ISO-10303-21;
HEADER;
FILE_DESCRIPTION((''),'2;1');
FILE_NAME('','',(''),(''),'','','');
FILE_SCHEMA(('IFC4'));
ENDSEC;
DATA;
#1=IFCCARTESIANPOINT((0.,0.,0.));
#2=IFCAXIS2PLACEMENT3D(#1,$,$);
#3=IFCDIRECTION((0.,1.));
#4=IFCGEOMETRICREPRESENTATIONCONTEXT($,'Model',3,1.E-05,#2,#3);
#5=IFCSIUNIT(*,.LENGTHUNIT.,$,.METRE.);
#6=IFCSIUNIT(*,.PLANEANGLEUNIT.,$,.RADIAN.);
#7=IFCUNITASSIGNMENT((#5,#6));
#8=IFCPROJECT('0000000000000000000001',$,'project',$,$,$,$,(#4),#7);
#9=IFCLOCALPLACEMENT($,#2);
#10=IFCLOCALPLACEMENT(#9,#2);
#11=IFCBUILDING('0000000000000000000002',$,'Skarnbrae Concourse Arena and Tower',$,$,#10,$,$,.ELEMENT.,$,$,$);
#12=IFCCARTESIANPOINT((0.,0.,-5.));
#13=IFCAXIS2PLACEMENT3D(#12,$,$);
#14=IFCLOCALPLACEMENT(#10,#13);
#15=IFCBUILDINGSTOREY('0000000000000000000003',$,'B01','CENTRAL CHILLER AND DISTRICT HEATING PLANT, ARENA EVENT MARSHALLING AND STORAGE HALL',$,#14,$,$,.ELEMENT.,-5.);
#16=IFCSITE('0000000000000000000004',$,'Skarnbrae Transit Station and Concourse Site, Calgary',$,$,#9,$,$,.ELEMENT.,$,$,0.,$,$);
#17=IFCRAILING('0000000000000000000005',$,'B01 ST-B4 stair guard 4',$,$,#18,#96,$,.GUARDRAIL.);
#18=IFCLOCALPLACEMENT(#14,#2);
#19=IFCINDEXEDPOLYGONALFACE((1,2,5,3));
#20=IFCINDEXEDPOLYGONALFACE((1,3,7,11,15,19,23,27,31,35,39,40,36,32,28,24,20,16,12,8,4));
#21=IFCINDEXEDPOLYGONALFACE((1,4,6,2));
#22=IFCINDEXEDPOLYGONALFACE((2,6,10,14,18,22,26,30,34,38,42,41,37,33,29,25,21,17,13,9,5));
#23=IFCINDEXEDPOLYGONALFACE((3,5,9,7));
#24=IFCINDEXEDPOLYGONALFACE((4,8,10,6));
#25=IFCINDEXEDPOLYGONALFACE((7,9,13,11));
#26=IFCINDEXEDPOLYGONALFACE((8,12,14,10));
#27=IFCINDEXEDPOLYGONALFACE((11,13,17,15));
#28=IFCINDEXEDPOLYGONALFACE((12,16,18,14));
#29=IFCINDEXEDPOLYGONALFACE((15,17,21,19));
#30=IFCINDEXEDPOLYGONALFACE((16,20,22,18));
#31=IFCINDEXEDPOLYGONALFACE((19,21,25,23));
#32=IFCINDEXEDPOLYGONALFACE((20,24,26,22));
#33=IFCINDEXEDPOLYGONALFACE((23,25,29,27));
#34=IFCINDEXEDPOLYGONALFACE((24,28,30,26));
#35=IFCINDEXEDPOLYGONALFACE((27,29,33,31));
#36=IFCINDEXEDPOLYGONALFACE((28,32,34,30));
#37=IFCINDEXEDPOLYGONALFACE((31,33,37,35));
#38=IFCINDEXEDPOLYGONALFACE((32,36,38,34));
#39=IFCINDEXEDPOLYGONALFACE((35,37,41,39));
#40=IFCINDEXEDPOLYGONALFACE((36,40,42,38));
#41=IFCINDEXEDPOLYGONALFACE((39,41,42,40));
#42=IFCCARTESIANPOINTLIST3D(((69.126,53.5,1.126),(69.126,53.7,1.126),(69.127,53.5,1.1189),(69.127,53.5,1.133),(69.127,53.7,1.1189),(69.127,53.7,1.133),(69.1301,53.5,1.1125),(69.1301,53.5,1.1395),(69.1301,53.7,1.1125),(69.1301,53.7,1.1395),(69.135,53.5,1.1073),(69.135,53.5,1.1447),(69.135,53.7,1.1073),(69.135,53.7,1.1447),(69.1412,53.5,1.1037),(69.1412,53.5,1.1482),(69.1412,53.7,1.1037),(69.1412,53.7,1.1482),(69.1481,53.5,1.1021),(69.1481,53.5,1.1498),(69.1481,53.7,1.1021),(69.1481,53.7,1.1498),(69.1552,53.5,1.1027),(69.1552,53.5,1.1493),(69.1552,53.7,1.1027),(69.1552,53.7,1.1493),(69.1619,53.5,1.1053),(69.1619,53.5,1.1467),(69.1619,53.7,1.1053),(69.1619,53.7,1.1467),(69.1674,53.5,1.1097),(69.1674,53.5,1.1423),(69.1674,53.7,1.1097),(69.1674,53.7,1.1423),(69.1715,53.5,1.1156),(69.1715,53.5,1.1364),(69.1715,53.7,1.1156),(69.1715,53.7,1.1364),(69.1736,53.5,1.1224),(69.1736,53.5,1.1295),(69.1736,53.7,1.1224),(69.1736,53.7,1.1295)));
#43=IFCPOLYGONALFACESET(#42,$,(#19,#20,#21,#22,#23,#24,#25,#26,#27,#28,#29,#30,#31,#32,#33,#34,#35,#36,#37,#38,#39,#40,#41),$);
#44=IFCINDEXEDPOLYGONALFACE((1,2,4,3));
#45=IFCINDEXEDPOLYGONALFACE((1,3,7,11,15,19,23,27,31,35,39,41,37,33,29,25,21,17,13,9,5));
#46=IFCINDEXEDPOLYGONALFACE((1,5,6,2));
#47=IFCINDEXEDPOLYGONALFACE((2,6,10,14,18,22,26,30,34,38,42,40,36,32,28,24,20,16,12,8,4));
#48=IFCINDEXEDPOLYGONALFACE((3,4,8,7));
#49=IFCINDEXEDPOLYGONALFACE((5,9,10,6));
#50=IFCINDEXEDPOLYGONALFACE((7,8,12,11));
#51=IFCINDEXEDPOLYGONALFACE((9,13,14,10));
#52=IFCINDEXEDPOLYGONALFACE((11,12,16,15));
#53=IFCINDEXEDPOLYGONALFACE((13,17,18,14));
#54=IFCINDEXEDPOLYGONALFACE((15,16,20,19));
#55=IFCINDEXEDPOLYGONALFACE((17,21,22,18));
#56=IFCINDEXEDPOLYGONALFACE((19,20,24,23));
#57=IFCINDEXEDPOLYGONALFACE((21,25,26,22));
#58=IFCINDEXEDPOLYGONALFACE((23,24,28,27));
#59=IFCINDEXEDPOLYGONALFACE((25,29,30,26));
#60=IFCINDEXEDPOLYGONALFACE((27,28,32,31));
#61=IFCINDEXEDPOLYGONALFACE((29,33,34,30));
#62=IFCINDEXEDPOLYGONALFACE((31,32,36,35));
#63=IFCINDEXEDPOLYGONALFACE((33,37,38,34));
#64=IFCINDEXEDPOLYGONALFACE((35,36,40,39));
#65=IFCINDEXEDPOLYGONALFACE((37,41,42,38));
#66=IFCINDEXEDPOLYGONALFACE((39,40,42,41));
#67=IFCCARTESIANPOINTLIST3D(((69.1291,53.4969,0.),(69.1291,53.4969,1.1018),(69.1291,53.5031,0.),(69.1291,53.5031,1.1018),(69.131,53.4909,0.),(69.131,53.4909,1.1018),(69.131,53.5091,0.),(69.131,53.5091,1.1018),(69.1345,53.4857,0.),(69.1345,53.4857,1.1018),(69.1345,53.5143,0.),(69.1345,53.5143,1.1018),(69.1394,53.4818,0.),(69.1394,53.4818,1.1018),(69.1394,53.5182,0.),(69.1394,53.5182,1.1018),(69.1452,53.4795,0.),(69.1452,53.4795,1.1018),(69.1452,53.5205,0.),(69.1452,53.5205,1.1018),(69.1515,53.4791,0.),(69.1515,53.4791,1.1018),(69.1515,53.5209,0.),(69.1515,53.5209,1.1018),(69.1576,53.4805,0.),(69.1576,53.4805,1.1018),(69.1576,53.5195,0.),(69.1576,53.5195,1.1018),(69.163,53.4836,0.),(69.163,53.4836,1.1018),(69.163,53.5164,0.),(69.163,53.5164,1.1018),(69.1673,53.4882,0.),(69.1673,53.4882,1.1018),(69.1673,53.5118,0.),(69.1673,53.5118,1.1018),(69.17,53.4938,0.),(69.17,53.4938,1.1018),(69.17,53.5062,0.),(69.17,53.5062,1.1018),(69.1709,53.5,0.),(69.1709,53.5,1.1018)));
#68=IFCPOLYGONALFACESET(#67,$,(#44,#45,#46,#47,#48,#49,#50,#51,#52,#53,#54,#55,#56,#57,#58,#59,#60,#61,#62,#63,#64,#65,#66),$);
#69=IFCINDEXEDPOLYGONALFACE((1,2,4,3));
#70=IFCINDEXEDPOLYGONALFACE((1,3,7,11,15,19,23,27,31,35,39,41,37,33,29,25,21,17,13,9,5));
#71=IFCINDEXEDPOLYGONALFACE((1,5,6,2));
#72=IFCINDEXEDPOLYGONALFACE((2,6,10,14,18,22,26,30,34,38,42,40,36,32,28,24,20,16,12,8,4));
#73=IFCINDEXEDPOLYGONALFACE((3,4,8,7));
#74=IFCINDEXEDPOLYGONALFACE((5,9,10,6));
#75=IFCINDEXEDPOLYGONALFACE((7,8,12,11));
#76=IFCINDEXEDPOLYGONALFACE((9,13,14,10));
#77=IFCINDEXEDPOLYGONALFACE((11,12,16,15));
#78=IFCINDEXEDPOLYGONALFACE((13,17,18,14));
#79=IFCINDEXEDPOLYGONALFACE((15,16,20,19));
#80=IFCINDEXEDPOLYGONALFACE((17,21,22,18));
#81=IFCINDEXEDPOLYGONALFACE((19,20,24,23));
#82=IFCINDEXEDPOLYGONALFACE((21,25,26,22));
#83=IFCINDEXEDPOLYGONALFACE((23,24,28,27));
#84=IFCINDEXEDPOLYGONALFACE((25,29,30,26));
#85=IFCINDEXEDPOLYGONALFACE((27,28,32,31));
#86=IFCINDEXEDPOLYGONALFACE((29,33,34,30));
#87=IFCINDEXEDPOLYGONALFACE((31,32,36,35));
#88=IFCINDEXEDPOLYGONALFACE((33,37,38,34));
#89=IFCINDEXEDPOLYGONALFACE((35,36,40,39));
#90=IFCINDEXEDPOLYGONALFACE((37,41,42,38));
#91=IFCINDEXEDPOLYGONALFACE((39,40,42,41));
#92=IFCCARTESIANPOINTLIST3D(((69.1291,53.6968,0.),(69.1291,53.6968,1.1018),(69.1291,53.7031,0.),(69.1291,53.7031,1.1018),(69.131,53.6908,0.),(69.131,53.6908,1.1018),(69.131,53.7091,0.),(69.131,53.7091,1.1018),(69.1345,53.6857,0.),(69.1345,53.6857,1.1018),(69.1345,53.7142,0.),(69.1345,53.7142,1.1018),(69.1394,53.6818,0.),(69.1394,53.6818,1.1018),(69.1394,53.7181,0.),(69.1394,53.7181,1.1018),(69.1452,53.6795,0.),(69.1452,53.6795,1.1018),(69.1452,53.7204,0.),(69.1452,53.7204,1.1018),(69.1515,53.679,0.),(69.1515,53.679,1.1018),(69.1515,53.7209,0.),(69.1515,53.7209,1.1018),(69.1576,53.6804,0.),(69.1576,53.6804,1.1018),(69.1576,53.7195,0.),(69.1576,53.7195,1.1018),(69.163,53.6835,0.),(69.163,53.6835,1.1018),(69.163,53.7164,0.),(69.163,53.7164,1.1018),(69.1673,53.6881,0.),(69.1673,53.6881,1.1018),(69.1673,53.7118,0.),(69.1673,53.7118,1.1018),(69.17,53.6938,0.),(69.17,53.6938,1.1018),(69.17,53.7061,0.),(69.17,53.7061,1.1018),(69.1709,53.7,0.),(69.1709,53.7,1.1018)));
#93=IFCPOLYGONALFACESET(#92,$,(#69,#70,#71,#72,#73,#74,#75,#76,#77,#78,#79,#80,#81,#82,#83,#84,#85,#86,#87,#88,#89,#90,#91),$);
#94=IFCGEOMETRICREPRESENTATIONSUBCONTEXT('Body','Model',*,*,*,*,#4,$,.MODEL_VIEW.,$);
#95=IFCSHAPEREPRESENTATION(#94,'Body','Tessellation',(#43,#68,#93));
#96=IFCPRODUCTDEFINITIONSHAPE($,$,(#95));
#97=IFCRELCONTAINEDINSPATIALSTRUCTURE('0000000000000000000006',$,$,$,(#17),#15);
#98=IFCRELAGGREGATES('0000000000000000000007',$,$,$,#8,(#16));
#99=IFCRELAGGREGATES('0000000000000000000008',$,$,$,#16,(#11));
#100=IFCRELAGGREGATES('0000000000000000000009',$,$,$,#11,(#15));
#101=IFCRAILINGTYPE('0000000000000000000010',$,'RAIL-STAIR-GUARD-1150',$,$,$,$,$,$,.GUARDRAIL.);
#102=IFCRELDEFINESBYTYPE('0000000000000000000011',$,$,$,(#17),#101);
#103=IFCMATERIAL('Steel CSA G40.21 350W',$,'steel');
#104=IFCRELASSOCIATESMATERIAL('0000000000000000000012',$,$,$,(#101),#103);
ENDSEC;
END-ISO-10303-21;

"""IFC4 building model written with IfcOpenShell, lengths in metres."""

from ifc_helpers import new_model, si_unit, direction, frame, origin, origin_2d, place, context, subcontext, project, spatial, circle, extrude, material, type_object, element, save


model = new_model("IFC4")

# Units and contexts
model_context = context("Model", 3, precision=1e-05, world=origin(), true_north=direction((0.0, 1.0)))
body_context = subcontext(model_context, "Body", "Model", "MODEL_VIEW")
ifc_project = project(units=[si_unit("LENGTHUNIT", "METRE"), si_unit("PLANEANGLEUNIT", "RADIAN")], contexts=[model_context])

# Site, building, storey
site_placement = place(None, origin())
site = spatial("IfcSite", under=ifc_project, at=site_placement, Name="Skarnbrae Transit Station and Concourse Site, Calgary", CompositionType="ELEMENT", RefElevation=0.0)
building_placement = place(site_placement, origin())
building = spatial("IfcBuilding", under=site, at=building_placement, Name="Skarnbrae Concourse Arena and Tower", CompositionType="ELEMENT")
storey_placement = place(building_placement, frame((0.0, 0.0, -5.0)))
storey = spatial("IfcBuildingStorey", under=building, at=storey_placement, Name="B01", Description="CENTRAL CHILLER AND DISTRICT HEATING PLANT, ARENA EVENT MARSHALLING AND STORAGE HALL", CompositionType="ELEMENT", Elevation=-5.0)

# Shared definitions
ifc_material_1 = material(Name="Steel CSA G40.21 350W", Category="steel")

# Railing
railing_type_1 = type_object("IfcRailingType", Name="RAIL-STAIR-GUARD-1150", PredefinedType="GUARDRAIL", material=ifc_material_1)
railing_1_placement = place(storey_placement, frame((69.1499, 53.5, 0.0)))
element("IfcRailing", 1, at=railing_1_placement, inside=storey, type_object=railing_type_1, Name="B01 ST-B4 stair guard 4", PredefinedType="GUARDRAIL", context=body_context, shape_type="SweptSolid", body=[
    extrude(circle(Radius=0.0239, at=origin_2d()), frame((0.0, 0.0, 1.126), z_axis=(0.0, 1.0, 0.0), x_axis=(-1.0, 0.0, 0.0)), (0.0, 0.0, 1.0), 0.2),
    extrude(circle(Radius=0.021, at=origin_2d()), origin(), (0.0, 0.0, 1.0), 1.1018),
    extrude(circle(Radius=0.021, at=origin_2d()), frame((0.0, 0.2, 0.0)), (0.0, 0.0, 1.0), 1.1018),
])

save(model, "model.ifc")
